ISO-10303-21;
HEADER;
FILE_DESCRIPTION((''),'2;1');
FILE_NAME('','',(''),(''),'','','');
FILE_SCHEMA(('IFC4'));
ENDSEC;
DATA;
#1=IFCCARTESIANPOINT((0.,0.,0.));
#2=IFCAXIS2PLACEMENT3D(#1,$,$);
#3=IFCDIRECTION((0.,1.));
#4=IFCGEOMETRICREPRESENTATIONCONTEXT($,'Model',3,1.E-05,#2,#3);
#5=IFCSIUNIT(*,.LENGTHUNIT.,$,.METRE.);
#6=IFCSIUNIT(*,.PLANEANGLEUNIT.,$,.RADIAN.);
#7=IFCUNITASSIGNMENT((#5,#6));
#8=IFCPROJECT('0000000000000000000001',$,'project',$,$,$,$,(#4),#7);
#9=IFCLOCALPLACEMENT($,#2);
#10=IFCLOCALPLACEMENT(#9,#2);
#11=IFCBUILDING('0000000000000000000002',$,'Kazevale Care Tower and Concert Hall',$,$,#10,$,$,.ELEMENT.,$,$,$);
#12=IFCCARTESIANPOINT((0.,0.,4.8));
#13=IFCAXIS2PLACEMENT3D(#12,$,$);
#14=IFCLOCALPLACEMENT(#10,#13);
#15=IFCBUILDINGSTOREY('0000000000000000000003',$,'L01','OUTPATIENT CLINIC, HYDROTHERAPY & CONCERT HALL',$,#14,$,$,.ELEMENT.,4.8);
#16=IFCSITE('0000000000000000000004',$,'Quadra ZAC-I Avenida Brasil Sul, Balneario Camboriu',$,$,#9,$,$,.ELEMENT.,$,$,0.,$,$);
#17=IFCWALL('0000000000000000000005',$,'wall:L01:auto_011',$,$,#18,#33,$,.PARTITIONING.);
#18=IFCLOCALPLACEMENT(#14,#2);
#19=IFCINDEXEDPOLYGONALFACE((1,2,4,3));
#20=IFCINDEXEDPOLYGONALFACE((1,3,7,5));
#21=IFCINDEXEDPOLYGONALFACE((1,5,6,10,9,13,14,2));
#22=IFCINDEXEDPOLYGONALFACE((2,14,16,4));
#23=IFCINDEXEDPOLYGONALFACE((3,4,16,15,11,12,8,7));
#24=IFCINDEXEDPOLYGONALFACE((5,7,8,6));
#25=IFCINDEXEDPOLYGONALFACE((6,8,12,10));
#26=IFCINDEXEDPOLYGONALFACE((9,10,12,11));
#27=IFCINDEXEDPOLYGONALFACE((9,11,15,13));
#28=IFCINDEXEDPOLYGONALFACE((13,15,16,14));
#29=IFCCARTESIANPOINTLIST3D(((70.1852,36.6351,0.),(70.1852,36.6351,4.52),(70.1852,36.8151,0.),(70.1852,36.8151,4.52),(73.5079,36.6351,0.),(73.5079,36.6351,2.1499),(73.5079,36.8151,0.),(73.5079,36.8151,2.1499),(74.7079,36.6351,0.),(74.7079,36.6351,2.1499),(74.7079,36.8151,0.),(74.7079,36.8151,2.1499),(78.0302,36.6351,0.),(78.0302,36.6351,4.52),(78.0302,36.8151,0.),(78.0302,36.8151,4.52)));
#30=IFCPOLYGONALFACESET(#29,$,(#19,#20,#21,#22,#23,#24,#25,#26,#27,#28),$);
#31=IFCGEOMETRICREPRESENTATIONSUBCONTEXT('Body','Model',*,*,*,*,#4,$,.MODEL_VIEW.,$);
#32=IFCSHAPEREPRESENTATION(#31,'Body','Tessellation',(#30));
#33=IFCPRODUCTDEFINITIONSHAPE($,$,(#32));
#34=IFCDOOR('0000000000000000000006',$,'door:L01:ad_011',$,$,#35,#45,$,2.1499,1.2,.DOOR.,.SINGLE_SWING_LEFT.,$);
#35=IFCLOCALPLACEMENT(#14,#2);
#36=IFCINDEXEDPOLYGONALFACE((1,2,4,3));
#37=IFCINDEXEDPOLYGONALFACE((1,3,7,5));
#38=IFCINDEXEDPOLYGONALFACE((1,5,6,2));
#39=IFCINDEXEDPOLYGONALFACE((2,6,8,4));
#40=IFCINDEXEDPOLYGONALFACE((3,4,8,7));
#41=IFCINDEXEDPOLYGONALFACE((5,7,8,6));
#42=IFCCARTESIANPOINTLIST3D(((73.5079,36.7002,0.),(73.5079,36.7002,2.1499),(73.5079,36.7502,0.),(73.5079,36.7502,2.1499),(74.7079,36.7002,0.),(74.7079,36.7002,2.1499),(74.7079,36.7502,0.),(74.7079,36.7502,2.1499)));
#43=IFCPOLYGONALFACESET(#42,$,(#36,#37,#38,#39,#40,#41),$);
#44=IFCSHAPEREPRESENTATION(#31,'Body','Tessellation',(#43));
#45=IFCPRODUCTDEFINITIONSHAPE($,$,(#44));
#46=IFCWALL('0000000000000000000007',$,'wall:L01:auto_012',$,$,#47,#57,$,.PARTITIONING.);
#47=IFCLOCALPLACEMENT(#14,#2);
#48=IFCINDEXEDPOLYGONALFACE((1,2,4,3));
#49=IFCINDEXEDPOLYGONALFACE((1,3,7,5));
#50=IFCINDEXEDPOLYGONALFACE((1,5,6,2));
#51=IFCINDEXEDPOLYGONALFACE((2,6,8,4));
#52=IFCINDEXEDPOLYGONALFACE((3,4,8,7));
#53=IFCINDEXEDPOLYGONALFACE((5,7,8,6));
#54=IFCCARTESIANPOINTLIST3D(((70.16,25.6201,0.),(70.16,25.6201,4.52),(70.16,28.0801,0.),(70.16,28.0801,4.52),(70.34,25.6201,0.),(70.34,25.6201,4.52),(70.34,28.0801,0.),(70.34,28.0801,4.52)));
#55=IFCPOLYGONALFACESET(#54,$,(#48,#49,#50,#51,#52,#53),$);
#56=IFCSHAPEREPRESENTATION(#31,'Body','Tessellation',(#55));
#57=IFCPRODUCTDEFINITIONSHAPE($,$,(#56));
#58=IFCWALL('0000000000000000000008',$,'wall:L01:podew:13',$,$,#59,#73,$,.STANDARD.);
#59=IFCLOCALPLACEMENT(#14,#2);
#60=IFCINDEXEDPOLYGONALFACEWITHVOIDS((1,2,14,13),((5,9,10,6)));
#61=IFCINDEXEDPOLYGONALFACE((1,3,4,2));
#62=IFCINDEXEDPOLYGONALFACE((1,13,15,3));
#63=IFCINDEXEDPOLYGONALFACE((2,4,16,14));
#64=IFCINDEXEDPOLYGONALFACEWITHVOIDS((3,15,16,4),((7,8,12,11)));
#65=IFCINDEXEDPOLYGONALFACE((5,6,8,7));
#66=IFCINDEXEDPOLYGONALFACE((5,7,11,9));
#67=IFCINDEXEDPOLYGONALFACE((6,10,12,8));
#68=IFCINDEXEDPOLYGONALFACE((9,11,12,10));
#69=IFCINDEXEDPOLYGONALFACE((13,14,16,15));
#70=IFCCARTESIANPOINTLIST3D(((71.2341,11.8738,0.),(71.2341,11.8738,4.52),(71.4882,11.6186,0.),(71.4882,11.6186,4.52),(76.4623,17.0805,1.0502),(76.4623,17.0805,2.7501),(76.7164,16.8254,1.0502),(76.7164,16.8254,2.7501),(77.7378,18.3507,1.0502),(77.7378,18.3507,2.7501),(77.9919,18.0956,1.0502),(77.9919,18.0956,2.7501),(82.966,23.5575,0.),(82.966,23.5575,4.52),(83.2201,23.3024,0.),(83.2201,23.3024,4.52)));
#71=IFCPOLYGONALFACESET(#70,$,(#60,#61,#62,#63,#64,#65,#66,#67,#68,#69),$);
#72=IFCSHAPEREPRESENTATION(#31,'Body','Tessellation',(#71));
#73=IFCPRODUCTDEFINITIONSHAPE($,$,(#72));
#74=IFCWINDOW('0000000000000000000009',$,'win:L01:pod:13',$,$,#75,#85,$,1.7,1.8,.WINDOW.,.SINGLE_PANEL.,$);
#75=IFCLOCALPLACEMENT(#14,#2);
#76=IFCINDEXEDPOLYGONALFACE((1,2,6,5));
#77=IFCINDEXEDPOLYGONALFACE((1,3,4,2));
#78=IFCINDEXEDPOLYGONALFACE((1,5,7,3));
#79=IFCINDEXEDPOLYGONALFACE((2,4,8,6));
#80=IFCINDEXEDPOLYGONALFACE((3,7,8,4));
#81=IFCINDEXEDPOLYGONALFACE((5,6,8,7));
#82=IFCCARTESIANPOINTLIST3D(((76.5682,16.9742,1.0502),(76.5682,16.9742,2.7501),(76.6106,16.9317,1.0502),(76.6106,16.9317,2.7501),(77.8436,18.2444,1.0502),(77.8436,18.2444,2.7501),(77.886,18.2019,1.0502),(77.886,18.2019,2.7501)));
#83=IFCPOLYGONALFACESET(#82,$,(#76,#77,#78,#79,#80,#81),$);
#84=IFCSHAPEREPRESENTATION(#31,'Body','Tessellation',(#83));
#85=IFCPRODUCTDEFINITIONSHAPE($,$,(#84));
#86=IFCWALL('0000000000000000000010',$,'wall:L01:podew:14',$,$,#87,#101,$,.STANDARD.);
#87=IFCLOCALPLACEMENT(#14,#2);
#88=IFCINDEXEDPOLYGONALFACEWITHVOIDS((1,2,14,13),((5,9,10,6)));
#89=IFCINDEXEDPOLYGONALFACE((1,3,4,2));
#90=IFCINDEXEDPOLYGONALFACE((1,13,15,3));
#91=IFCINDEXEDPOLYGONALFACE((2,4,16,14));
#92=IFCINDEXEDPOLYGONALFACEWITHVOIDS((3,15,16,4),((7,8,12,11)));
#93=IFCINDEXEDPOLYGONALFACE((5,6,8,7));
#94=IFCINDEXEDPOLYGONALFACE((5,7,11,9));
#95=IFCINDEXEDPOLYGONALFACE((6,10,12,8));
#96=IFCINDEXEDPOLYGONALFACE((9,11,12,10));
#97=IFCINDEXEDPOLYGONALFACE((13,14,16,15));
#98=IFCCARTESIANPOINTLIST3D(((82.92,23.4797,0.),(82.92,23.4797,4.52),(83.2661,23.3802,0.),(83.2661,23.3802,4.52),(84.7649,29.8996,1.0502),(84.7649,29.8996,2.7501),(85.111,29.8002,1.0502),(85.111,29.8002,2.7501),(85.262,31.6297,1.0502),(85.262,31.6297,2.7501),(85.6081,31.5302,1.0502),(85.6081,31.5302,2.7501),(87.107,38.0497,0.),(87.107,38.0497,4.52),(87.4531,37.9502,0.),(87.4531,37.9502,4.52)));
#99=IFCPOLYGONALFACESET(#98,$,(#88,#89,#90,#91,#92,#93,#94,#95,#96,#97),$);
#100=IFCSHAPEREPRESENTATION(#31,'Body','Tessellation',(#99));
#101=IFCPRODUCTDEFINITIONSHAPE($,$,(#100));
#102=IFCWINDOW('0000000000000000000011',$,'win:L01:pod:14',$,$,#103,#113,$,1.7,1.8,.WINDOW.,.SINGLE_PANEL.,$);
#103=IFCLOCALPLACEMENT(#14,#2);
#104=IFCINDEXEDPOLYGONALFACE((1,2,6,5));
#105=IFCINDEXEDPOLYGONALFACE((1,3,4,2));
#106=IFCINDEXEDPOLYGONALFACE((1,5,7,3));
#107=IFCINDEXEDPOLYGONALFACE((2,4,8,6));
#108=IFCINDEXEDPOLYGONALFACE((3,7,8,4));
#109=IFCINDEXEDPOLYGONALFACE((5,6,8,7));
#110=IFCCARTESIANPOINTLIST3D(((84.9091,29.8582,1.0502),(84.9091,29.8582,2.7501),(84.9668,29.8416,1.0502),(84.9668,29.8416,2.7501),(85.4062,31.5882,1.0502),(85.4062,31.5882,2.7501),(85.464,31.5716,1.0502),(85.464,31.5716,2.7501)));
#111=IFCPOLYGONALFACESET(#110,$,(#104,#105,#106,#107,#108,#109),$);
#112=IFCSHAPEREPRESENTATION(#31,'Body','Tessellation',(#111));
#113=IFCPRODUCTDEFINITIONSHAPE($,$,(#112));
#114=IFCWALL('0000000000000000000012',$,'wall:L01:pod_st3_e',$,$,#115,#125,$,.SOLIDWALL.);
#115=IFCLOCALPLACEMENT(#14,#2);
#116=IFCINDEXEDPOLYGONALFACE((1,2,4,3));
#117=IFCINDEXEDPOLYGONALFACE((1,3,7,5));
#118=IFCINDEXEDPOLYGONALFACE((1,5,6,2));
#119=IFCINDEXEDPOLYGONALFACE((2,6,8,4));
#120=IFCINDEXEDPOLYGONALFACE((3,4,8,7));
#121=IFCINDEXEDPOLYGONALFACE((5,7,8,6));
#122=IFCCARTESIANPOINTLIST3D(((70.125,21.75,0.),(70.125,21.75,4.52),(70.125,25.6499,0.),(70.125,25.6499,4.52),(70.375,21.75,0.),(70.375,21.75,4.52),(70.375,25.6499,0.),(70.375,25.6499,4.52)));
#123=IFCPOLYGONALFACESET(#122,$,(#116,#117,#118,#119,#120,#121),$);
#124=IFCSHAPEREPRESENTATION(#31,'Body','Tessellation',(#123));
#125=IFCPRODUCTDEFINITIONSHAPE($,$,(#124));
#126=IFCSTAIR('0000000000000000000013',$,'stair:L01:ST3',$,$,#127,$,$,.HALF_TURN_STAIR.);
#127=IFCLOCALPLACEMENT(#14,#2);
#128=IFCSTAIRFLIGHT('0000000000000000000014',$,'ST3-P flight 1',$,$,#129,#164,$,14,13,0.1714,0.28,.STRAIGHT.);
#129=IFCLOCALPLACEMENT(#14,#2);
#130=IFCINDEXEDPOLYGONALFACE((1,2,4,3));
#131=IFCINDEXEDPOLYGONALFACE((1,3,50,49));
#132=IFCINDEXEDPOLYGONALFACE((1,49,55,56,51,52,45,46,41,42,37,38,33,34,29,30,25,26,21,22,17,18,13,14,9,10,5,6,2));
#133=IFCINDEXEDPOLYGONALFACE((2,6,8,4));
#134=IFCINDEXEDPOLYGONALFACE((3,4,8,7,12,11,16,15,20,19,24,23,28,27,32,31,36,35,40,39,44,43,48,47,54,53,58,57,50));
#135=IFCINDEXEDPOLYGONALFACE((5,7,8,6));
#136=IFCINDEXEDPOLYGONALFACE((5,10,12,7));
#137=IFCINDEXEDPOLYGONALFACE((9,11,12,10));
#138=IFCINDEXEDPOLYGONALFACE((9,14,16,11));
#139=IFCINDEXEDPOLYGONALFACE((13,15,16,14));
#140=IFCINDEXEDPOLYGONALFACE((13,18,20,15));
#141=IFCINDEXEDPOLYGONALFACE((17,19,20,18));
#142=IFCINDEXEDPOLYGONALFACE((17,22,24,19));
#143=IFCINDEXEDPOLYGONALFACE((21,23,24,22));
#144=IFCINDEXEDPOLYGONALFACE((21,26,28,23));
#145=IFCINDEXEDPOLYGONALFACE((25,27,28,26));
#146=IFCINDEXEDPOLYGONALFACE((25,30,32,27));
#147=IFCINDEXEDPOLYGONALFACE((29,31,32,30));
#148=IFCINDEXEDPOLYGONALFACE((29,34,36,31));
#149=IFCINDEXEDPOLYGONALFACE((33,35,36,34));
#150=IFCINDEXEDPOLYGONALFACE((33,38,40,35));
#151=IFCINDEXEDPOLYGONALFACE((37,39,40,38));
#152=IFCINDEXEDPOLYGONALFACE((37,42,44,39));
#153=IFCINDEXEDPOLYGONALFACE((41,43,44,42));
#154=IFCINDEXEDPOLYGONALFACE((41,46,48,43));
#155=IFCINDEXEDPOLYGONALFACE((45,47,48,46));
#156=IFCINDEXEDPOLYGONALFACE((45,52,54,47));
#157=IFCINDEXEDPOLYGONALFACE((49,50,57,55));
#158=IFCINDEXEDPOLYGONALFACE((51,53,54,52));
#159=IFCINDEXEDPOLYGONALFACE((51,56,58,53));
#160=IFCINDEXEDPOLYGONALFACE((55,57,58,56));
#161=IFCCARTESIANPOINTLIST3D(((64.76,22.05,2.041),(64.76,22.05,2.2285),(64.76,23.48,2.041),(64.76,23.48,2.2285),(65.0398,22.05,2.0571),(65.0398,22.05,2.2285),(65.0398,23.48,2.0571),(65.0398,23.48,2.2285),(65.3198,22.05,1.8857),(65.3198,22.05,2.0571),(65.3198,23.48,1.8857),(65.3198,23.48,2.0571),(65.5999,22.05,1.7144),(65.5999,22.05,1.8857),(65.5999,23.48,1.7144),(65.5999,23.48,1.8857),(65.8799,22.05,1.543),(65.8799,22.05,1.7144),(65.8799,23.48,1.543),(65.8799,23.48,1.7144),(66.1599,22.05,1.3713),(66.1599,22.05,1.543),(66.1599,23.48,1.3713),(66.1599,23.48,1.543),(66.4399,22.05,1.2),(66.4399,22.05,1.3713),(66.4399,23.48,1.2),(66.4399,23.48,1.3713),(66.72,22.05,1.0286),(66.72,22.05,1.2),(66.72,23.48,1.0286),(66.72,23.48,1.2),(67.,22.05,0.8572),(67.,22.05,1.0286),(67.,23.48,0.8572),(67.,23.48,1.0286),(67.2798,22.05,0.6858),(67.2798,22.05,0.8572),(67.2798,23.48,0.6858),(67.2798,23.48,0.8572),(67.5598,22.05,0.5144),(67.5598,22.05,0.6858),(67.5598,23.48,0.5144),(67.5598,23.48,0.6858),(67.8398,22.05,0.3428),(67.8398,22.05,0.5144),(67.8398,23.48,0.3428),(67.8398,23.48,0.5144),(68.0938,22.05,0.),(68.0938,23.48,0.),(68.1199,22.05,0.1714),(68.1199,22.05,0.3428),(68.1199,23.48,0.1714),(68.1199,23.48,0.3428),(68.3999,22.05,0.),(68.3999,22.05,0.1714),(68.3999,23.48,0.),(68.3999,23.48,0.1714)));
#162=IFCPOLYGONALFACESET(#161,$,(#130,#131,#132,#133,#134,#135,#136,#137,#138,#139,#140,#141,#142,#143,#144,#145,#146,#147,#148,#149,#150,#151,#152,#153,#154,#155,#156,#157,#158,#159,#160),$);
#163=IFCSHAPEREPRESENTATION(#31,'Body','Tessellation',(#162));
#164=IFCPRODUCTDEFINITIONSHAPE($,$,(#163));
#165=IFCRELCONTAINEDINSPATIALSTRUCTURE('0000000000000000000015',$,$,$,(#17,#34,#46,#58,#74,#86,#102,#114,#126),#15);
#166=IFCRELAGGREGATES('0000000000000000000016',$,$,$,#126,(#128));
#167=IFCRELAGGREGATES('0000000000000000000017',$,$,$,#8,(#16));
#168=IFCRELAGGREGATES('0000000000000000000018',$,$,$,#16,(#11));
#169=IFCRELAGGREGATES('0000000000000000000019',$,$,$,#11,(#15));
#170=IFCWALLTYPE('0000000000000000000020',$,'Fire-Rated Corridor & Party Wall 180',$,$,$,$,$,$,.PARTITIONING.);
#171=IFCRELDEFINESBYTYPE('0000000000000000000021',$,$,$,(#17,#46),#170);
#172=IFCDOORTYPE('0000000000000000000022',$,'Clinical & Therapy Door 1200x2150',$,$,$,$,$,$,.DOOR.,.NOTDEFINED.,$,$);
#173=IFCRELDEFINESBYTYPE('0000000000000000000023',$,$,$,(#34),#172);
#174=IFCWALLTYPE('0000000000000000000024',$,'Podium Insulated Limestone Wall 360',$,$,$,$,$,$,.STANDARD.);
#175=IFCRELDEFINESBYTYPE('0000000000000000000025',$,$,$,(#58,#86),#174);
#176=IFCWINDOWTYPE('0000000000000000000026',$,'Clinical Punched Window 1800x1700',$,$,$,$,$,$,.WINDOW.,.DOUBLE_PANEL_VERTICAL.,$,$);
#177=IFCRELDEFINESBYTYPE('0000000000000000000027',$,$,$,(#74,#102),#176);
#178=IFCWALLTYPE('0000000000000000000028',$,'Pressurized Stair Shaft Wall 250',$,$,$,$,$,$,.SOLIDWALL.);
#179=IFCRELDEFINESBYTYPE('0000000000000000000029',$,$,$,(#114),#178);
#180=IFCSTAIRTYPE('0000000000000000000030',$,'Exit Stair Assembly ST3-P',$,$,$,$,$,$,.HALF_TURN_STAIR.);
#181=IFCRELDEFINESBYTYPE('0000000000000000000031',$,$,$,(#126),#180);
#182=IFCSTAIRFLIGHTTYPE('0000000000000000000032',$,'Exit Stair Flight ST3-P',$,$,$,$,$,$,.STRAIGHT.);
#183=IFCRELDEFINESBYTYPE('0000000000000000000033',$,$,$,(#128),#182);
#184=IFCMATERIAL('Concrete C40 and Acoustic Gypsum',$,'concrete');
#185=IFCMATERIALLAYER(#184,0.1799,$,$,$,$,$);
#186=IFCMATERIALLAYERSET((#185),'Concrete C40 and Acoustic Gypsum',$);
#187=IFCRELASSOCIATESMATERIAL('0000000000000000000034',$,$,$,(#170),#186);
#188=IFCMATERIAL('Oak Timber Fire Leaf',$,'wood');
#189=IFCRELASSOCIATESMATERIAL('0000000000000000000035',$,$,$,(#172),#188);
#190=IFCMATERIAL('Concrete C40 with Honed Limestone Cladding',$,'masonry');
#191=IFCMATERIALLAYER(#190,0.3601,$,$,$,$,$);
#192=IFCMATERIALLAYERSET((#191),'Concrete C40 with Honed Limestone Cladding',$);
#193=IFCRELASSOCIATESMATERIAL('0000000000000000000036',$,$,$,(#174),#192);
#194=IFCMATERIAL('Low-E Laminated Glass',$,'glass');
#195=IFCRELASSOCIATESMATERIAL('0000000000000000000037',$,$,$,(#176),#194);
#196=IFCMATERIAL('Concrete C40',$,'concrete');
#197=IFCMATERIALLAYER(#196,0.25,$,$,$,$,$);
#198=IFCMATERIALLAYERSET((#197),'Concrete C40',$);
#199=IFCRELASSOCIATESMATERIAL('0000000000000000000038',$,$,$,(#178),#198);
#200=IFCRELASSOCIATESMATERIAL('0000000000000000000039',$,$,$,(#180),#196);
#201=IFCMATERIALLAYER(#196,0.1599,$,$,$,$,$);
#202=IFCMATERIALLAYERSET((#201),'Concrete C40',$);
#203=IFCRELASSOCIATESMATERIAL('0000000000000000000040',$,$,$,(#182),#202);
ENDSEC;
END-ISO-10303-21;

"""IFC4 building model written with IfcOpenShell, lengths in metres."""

from ifc_helpers import new_model, si_unit, direction, frame, frame_2d, origin, place, context, subcontext, project, spatial, polyline, rectangle, outline, extrude, material, layer, layer_set, type_object, element, fill, aggregate, save


model = new_model("IFC4")

# Units and contexts
model_context = context("Model", 3, precision=1e-05, world=origin(), true_north=direction((0.0, 1.0)))
body_context = subcontext(model_context, "Body", "Model", "MODEL_VIEW")
ifc_project = project(units=[si_unit("LENGTHUNIT", "METRE"), si_unit("PLANEANGLEUNIT", "RADIAN")], contexts=[model_context])

# Site, building, storey
site_placement = place(None, origin())
site = spatial("IfcSite", under=ifc_project, at=site_placement, Name="Quadra ZAC-I Avenida Brasil Sul, Balneario Camboriu", CompositionType="ELEMENT", RefElevation=0.0)
building_placement = place(site_placement, origin())
building = spatial("IfcBuilding", under=site, at=building_placement, Name="Kazevale Care Tower and Concert Hall", CompositionType="ELEMENT")
storey_placement = place(building_placement, frame((0.0, 0.0, 4.8)))
storey = spatial("IfcBuildingStorey", under=building, at=storey_placement, Name="L01", Description="OUTPATIENT CLINIC, HYDROTHERAPY & CONCERT HALL", CompositionType="ELEMENT", Elevation=4.8)

# Wall, opening, door
ifc_material_1 = material(Name="Concrete C40 and Acoustic Gypsum", Category="concrete")
ifc_layer_1 = layer(ifc_material_1, 0.1799)
ifc_layer_set_1 = layer_set([ifc_layer_1], Name="Concrete C40 and Acoustic Gypsum")
wall_type_1 = type_object("IfcWallType", Name="Fire-Rated Corridor & Party Wall 180", PredefinedType="PARTITIONING", material=ifc_layer_set_1)
ifc_material_2 = material(Name="Oak Timber Fire Leaf", Category="wood")
door_type = type_object("IfcDoorType", Name="Clinical & Therapy Door 1200x2150", OperationType="NOTDEFINED", PredefinedType="DOOR", material=ifc_material_2)
wall_1_placement = place(storey_placement, frame((78.03, 36.7251, 0.0), z_axis=(0.0, 0.0, 1.0), x_axis=(-1.0, 0.0, 0.0)))
wall_1 = element("IfcWall", 1, at=wall_1_placement, inside=storey, type_object=wall_type_1, Name="wall:L01:auto_011", PredefinedType="PARTITIONING", context=body_context, shape_type="SweptSolid", body=[
    extrude(rectangle(XDim=7.845, YDim=0.1799, at=frame_2d((3.9224, 0.0))), origin(), (0.0, 0.0, 1.0), 4.52),
])
opening_1_placement = place(wall_1_placement, frame((3.322, 0.0, 0.0)))
opening_1 = element("IfcOpeningElement", 2, at=opening_1_placement, cuts=wall_1, PredefinedType="OPENING", context=body_context, shape_type="SweptSolid", body=[
    extrude(rectangle(XDim=1.2, YDim=2.1499, at=frame_2d((0.6001, 1.075))), frame((0.0, 0.0999, 0.0), z_axis=(0.0, -1.0, 0.0), x_axis=(1.0, 0.0, 0.0)), (0.0, 0.0, 1.0), 0.2),
])
door_1_placement = place(opening_1_placement, origin())
door_1 = element("IfcDoor", 3, at=door_1_placement, inside=storey, type_object=door_type, Name="door:L01:ad_011", OperationType="SINGLE_SWING_LEFT", OverallHeight=2.1499, OverallWidth=1.2, PredefinedType="DOOR", context=body_context, shape_type="SweptSolid", body=[
    extrude(rectangle(XDim=1.2, YDim=2.1499, at=frame_2d((0.6001, 1.075))), frame((0.0, 0.0249, 0.0), z_axis=(0.0, -1.0, 0.0), x_axis=(1.0, 0.0, 0.0)), (0.0, 0.0, 1.0), 0.05),
])
fill(opening_1, door_1)

# Wall
wall_2_placement = place(storey_placement, frame((70.25, 28.0801, 0.0), z_axis=(0.0, 0.0, 1.0), x_axis=(0.0, -1.0, 0.0)))
element("IfcWall", 4, at=wall_2_placement, inside=storey, type_object=wall_type_1, Name="wall:L01:auto_012", PredefinedType="PARTITIONING", context=body_context, shape_type="SweptSolid", body=[
    extrude(rectangle(XDim=2.46, YDim=0.1799, at=frame_2d((1.23, 0.0))), origin(), (0.0, 0.0, 1.0), 4.52),
])

# Walls, openings, windows
ifc_material_3 = material(Name="Concrete C40 with Honed Limestone Cladding", Category="masonry")
ifc_layer_2 = layer(ifc_material_3, 0.3601)
ifc_layer_set_2 = layer_set([ifc_layer_2], Name="Concrete C40 with Honed Limestone Cladding")
wall_type_2 = type_object("IfcWallType", Name="Podium Insulated Limestone Wall 360", PredefinedType="STANDARD", material=ifc_layer_set_2)
wall_3_placement = place(storey_placement, frame((71.3611, 11.7461, 0.0), z_axis=(0.0, 0.0, 1.0), x_axis=(0.708558, 0.705653, 0.0)))
wall_3 = element("IfcWall", 5, at=wall_3_placement, inside=storey, type_object=wall_type_2, Name="wall:L01:podew:13", PredefinedType="STANDARD", context=body_context, shape_type="SweptSolid", body=[
    extrude(rectangle(XDim=16.5574, YDim=0.3601, at=frame_2d((8.2788, 0.0))), origin(), (0.0, 0.0, 1.0), 4.52),
])
opening_2_placement = place(wall_3_placement, frame((7.3789, 0.0, 1.05)))
opening_2 = element("IfcOpeningElement", 6, at=opening_2_placement, cuts=wall_3, PredefinedType="OPENING", context=body_context, shape_type="SweptSolid", body=[
    extrude(rectangle(XDim=1.8, YDim=1.7, at=frame_2d((0.8999, 0.8501))), frame((0.0, 0.1899, 0.0), z_axis=(0.0, -1.0, 0.0), x_axis=(1.0, 0.0, 0.0)), (0.0, 0.0, 1.0), 0.3801),
])
ifc_material_4 = material(Name="Low-E Laminated Glass", Category="glass")
window_type = type_object("IfcWindowType", Name="Clinical Punched Window 1800x1700", PartitioningType="DOUBLE_PANEL_VERTICAL", PredefinedType="WINDOW", material=ifc_material_4)
window_1_placement = place(opening_2_placement, origin())
window_1 = element("IfcWindow", 7, at=window_1_placement, inside=storey, type_object=window_type, Name="win:L01:pod:13", OverallHeight=1.7, OverallWidth=1.8, PartitioningType="SINGLE_PANEL", PredefinedType="WINDOW", context=body_context, shape_type="SweptSolid", body=[
    extrude(rectangle(XDim=1.8, YDim=1.7, at=frame_2d((0.8999, 0.8501))), frame((0.0, 0.03, 0.0), z_axis=(0.0, -1.0, 0.0), x_axis=(1.0, 0.0, 0.0)), (0.0, 0.0, 1.0), 0.0601),
])
fill(opening_2, window_1)
wall_4_placement = place(storey_placement, frame((83.093, 23.4299, 0.0), z_axis=(0.0, 0.0, 1.0), x_axis=(0.276193, 0.961102, 0.0)))
wall_4 = element("IfcWall", 8, at=wall_4_placement, inside=storey, type_object=wall_type_2, Name="wall:L01:podew:14", PredefinedType="STANDARD", context=body_context, shape_type="SweptSolid", body=[
    extrude(rectangle(XDim=15.1597, YDim=0.3601, at=frame_2d((7.5798, 0.0))), origin(), (0.0, 0.0, 1.0), 4.52),
])
opening_3_placement = place(wall_4_placement, frame((6.6799, 0.0, 1.05)))
opening_3 = element("IfcOpeningElement", 9, at=opening_3_placement, cuts=wall_4, PredefinedType="OPENING", context=body_context, shape_type="SweptSolid", body=[
    extrude(rectangle(XDim=1.8, YDim=1.7, at=frame_2d((0.8999, 0.8501))), frame((0.0, 0.1899, 0.0), z_axis=(0.0, -1.0, 0.0), x_axis=(1.0, 0.0, 0.0)), (0.0, 0.0, 1.0), 0.3801),
])
window_2_placement = place(opening_3_placement, origin())
window_2 = element("IfcWindow", 10, at=window_2_placement, inside=storey, type_object=window_type, Name="win:L01:pod:14", OverallHeight=1.7, OverallWidth=1.8, PartitioningType="SINGLE_PANEL", PredefinedType="WINDOW", context=body_context, shape_type="SweptSolid", body=[
    extrude(rectangle(XDim=1.8, YDim=1.7, at=frame_2d((0.8999, 0.8501))), frame((0.0, 0.03, 0.0), z_axis=(0.0, -1.0, 0.0), x_axis=(1.0, 0.0, 0.0)), (0.0, 0.0, 1.0), 0.0601),
])
fill(opening_3, window_2)

# Wall
ifc_material_5 = material(Name="Concrete C40", Category="concrete")
ifc_layer_3 = layer(ifc_material_5, 0.25)
ifc_layer_set_3 = layer_set([ifc_layer_3], Name="Concrete C40")
wall_type_3 = type_object("IfcWallType", Name="Pressurized Stair Shaft Wall 250", PredefinedType="SOLIDWALL", material=ifc_layer_set_3)
wall_5_placement = place(storey_placement, frame((70.25, 21.75, 0.0), z_axis=(0.0, 0.0, 1.0), x_axis=(0.0, 1.0, 0.0)))
element("IfcWall", 11, at=wall_5_placement, inside=storey, type_object=wall_type_3, Name="wall:L01:pod_st3_e", PredefinedType="SOLIDWALL", context=body_context, shape_type="SweptSolid", body=[
    extrude(rectangle(XDim=3.8999, YDim=0.25, at=frame_2d((1.95, 0.0))), origin(), (0.0, 0.0, 1.0), 4.52),
])

# Stair, stair flight
stair_type = type_object("IfcStairType", Name="Exit Stair Assembly ST3-P", PredefinedType="HALF_TURN_STAIR", material=ifc_material_5)
stair_placement = place(storey_placement, origin())
stair = element("IfcStair", 12, at=stair_placement, inside=storey, type_object=stair_type, Name="stair:L01:ST3", PredefinedType="HALF_TURN_STAIR")
ifc_layer_4 = layer(ifc_material_5, 0.1599)
ifc_layer_set_4 = layer_set([ifc_layer_4], Name="Concrete C40")
stair_flight_type = type_object("IfcStairFlightType", Name="Exit Stair Flight ST3-P", PredefinedType="STRAIGHT", material=ifc_layer_set_4)
stair_flight_placement = place(storey_placement, frame((68.3999, 22.7649, 0.0), z_axis=(0.0, 0.0, 1.0), x_axis=(-1.0, 0.0, 0.0)))
stair_flight = element("IfcStairFlight", 13, at=stair_flight_placement, type_object=stair_flight_type, Name="ST3-P flight 1", NumberOfRisers=14, NumberOfTreads=13, PredefinedType="STRAIGHT", RiserHeight=0.1714, TreadLength=0.28, context=body_context, shape_type="SweptSolid", body=[
    extrude(outline(polyline([(0.0, 0.0), (0.0, 0.1714), (0.28, 0.1714), (0.28, 0.3428), (0.5601, 0.3428), (0.5601, 0.5144), (0.8401, 0.5144), (0.8401, 0.6858), (1.1201, 0.6858), (1.1201, 0.8572), (1.3999, 0.8572), (1.3999, 1.0286), (1.6799, 1.0286), (1.6799, 1.2), (1.96, 1.2), (1.96, 1.3713), (2.24, 1.3713), (2.24, 1.543), (2.52, 1.543), (2.52, 1.7144), (2.8, 1.7144), (2.8, 1.8857), (3.0801, 1.8857), (3.0801, 2.0571), (3.3601, 2.0571), (3.3601, 2.2285), (3.6399, 2.2285), (3.6399, 2.3999), (3.6399, 2.041), (0.3062, 0.0), (0.0, 0.0)])), frame((0.0, 0.7148, 0.0), z_axis=(0.0, -1.0, 0.0), x_axis=(1.0, 0.0, 0.0)), (0.0, 0.0, 1.0), 1.4299),
])
aggregate(stair, [stair_flight])

save(model, "model.ifc")
